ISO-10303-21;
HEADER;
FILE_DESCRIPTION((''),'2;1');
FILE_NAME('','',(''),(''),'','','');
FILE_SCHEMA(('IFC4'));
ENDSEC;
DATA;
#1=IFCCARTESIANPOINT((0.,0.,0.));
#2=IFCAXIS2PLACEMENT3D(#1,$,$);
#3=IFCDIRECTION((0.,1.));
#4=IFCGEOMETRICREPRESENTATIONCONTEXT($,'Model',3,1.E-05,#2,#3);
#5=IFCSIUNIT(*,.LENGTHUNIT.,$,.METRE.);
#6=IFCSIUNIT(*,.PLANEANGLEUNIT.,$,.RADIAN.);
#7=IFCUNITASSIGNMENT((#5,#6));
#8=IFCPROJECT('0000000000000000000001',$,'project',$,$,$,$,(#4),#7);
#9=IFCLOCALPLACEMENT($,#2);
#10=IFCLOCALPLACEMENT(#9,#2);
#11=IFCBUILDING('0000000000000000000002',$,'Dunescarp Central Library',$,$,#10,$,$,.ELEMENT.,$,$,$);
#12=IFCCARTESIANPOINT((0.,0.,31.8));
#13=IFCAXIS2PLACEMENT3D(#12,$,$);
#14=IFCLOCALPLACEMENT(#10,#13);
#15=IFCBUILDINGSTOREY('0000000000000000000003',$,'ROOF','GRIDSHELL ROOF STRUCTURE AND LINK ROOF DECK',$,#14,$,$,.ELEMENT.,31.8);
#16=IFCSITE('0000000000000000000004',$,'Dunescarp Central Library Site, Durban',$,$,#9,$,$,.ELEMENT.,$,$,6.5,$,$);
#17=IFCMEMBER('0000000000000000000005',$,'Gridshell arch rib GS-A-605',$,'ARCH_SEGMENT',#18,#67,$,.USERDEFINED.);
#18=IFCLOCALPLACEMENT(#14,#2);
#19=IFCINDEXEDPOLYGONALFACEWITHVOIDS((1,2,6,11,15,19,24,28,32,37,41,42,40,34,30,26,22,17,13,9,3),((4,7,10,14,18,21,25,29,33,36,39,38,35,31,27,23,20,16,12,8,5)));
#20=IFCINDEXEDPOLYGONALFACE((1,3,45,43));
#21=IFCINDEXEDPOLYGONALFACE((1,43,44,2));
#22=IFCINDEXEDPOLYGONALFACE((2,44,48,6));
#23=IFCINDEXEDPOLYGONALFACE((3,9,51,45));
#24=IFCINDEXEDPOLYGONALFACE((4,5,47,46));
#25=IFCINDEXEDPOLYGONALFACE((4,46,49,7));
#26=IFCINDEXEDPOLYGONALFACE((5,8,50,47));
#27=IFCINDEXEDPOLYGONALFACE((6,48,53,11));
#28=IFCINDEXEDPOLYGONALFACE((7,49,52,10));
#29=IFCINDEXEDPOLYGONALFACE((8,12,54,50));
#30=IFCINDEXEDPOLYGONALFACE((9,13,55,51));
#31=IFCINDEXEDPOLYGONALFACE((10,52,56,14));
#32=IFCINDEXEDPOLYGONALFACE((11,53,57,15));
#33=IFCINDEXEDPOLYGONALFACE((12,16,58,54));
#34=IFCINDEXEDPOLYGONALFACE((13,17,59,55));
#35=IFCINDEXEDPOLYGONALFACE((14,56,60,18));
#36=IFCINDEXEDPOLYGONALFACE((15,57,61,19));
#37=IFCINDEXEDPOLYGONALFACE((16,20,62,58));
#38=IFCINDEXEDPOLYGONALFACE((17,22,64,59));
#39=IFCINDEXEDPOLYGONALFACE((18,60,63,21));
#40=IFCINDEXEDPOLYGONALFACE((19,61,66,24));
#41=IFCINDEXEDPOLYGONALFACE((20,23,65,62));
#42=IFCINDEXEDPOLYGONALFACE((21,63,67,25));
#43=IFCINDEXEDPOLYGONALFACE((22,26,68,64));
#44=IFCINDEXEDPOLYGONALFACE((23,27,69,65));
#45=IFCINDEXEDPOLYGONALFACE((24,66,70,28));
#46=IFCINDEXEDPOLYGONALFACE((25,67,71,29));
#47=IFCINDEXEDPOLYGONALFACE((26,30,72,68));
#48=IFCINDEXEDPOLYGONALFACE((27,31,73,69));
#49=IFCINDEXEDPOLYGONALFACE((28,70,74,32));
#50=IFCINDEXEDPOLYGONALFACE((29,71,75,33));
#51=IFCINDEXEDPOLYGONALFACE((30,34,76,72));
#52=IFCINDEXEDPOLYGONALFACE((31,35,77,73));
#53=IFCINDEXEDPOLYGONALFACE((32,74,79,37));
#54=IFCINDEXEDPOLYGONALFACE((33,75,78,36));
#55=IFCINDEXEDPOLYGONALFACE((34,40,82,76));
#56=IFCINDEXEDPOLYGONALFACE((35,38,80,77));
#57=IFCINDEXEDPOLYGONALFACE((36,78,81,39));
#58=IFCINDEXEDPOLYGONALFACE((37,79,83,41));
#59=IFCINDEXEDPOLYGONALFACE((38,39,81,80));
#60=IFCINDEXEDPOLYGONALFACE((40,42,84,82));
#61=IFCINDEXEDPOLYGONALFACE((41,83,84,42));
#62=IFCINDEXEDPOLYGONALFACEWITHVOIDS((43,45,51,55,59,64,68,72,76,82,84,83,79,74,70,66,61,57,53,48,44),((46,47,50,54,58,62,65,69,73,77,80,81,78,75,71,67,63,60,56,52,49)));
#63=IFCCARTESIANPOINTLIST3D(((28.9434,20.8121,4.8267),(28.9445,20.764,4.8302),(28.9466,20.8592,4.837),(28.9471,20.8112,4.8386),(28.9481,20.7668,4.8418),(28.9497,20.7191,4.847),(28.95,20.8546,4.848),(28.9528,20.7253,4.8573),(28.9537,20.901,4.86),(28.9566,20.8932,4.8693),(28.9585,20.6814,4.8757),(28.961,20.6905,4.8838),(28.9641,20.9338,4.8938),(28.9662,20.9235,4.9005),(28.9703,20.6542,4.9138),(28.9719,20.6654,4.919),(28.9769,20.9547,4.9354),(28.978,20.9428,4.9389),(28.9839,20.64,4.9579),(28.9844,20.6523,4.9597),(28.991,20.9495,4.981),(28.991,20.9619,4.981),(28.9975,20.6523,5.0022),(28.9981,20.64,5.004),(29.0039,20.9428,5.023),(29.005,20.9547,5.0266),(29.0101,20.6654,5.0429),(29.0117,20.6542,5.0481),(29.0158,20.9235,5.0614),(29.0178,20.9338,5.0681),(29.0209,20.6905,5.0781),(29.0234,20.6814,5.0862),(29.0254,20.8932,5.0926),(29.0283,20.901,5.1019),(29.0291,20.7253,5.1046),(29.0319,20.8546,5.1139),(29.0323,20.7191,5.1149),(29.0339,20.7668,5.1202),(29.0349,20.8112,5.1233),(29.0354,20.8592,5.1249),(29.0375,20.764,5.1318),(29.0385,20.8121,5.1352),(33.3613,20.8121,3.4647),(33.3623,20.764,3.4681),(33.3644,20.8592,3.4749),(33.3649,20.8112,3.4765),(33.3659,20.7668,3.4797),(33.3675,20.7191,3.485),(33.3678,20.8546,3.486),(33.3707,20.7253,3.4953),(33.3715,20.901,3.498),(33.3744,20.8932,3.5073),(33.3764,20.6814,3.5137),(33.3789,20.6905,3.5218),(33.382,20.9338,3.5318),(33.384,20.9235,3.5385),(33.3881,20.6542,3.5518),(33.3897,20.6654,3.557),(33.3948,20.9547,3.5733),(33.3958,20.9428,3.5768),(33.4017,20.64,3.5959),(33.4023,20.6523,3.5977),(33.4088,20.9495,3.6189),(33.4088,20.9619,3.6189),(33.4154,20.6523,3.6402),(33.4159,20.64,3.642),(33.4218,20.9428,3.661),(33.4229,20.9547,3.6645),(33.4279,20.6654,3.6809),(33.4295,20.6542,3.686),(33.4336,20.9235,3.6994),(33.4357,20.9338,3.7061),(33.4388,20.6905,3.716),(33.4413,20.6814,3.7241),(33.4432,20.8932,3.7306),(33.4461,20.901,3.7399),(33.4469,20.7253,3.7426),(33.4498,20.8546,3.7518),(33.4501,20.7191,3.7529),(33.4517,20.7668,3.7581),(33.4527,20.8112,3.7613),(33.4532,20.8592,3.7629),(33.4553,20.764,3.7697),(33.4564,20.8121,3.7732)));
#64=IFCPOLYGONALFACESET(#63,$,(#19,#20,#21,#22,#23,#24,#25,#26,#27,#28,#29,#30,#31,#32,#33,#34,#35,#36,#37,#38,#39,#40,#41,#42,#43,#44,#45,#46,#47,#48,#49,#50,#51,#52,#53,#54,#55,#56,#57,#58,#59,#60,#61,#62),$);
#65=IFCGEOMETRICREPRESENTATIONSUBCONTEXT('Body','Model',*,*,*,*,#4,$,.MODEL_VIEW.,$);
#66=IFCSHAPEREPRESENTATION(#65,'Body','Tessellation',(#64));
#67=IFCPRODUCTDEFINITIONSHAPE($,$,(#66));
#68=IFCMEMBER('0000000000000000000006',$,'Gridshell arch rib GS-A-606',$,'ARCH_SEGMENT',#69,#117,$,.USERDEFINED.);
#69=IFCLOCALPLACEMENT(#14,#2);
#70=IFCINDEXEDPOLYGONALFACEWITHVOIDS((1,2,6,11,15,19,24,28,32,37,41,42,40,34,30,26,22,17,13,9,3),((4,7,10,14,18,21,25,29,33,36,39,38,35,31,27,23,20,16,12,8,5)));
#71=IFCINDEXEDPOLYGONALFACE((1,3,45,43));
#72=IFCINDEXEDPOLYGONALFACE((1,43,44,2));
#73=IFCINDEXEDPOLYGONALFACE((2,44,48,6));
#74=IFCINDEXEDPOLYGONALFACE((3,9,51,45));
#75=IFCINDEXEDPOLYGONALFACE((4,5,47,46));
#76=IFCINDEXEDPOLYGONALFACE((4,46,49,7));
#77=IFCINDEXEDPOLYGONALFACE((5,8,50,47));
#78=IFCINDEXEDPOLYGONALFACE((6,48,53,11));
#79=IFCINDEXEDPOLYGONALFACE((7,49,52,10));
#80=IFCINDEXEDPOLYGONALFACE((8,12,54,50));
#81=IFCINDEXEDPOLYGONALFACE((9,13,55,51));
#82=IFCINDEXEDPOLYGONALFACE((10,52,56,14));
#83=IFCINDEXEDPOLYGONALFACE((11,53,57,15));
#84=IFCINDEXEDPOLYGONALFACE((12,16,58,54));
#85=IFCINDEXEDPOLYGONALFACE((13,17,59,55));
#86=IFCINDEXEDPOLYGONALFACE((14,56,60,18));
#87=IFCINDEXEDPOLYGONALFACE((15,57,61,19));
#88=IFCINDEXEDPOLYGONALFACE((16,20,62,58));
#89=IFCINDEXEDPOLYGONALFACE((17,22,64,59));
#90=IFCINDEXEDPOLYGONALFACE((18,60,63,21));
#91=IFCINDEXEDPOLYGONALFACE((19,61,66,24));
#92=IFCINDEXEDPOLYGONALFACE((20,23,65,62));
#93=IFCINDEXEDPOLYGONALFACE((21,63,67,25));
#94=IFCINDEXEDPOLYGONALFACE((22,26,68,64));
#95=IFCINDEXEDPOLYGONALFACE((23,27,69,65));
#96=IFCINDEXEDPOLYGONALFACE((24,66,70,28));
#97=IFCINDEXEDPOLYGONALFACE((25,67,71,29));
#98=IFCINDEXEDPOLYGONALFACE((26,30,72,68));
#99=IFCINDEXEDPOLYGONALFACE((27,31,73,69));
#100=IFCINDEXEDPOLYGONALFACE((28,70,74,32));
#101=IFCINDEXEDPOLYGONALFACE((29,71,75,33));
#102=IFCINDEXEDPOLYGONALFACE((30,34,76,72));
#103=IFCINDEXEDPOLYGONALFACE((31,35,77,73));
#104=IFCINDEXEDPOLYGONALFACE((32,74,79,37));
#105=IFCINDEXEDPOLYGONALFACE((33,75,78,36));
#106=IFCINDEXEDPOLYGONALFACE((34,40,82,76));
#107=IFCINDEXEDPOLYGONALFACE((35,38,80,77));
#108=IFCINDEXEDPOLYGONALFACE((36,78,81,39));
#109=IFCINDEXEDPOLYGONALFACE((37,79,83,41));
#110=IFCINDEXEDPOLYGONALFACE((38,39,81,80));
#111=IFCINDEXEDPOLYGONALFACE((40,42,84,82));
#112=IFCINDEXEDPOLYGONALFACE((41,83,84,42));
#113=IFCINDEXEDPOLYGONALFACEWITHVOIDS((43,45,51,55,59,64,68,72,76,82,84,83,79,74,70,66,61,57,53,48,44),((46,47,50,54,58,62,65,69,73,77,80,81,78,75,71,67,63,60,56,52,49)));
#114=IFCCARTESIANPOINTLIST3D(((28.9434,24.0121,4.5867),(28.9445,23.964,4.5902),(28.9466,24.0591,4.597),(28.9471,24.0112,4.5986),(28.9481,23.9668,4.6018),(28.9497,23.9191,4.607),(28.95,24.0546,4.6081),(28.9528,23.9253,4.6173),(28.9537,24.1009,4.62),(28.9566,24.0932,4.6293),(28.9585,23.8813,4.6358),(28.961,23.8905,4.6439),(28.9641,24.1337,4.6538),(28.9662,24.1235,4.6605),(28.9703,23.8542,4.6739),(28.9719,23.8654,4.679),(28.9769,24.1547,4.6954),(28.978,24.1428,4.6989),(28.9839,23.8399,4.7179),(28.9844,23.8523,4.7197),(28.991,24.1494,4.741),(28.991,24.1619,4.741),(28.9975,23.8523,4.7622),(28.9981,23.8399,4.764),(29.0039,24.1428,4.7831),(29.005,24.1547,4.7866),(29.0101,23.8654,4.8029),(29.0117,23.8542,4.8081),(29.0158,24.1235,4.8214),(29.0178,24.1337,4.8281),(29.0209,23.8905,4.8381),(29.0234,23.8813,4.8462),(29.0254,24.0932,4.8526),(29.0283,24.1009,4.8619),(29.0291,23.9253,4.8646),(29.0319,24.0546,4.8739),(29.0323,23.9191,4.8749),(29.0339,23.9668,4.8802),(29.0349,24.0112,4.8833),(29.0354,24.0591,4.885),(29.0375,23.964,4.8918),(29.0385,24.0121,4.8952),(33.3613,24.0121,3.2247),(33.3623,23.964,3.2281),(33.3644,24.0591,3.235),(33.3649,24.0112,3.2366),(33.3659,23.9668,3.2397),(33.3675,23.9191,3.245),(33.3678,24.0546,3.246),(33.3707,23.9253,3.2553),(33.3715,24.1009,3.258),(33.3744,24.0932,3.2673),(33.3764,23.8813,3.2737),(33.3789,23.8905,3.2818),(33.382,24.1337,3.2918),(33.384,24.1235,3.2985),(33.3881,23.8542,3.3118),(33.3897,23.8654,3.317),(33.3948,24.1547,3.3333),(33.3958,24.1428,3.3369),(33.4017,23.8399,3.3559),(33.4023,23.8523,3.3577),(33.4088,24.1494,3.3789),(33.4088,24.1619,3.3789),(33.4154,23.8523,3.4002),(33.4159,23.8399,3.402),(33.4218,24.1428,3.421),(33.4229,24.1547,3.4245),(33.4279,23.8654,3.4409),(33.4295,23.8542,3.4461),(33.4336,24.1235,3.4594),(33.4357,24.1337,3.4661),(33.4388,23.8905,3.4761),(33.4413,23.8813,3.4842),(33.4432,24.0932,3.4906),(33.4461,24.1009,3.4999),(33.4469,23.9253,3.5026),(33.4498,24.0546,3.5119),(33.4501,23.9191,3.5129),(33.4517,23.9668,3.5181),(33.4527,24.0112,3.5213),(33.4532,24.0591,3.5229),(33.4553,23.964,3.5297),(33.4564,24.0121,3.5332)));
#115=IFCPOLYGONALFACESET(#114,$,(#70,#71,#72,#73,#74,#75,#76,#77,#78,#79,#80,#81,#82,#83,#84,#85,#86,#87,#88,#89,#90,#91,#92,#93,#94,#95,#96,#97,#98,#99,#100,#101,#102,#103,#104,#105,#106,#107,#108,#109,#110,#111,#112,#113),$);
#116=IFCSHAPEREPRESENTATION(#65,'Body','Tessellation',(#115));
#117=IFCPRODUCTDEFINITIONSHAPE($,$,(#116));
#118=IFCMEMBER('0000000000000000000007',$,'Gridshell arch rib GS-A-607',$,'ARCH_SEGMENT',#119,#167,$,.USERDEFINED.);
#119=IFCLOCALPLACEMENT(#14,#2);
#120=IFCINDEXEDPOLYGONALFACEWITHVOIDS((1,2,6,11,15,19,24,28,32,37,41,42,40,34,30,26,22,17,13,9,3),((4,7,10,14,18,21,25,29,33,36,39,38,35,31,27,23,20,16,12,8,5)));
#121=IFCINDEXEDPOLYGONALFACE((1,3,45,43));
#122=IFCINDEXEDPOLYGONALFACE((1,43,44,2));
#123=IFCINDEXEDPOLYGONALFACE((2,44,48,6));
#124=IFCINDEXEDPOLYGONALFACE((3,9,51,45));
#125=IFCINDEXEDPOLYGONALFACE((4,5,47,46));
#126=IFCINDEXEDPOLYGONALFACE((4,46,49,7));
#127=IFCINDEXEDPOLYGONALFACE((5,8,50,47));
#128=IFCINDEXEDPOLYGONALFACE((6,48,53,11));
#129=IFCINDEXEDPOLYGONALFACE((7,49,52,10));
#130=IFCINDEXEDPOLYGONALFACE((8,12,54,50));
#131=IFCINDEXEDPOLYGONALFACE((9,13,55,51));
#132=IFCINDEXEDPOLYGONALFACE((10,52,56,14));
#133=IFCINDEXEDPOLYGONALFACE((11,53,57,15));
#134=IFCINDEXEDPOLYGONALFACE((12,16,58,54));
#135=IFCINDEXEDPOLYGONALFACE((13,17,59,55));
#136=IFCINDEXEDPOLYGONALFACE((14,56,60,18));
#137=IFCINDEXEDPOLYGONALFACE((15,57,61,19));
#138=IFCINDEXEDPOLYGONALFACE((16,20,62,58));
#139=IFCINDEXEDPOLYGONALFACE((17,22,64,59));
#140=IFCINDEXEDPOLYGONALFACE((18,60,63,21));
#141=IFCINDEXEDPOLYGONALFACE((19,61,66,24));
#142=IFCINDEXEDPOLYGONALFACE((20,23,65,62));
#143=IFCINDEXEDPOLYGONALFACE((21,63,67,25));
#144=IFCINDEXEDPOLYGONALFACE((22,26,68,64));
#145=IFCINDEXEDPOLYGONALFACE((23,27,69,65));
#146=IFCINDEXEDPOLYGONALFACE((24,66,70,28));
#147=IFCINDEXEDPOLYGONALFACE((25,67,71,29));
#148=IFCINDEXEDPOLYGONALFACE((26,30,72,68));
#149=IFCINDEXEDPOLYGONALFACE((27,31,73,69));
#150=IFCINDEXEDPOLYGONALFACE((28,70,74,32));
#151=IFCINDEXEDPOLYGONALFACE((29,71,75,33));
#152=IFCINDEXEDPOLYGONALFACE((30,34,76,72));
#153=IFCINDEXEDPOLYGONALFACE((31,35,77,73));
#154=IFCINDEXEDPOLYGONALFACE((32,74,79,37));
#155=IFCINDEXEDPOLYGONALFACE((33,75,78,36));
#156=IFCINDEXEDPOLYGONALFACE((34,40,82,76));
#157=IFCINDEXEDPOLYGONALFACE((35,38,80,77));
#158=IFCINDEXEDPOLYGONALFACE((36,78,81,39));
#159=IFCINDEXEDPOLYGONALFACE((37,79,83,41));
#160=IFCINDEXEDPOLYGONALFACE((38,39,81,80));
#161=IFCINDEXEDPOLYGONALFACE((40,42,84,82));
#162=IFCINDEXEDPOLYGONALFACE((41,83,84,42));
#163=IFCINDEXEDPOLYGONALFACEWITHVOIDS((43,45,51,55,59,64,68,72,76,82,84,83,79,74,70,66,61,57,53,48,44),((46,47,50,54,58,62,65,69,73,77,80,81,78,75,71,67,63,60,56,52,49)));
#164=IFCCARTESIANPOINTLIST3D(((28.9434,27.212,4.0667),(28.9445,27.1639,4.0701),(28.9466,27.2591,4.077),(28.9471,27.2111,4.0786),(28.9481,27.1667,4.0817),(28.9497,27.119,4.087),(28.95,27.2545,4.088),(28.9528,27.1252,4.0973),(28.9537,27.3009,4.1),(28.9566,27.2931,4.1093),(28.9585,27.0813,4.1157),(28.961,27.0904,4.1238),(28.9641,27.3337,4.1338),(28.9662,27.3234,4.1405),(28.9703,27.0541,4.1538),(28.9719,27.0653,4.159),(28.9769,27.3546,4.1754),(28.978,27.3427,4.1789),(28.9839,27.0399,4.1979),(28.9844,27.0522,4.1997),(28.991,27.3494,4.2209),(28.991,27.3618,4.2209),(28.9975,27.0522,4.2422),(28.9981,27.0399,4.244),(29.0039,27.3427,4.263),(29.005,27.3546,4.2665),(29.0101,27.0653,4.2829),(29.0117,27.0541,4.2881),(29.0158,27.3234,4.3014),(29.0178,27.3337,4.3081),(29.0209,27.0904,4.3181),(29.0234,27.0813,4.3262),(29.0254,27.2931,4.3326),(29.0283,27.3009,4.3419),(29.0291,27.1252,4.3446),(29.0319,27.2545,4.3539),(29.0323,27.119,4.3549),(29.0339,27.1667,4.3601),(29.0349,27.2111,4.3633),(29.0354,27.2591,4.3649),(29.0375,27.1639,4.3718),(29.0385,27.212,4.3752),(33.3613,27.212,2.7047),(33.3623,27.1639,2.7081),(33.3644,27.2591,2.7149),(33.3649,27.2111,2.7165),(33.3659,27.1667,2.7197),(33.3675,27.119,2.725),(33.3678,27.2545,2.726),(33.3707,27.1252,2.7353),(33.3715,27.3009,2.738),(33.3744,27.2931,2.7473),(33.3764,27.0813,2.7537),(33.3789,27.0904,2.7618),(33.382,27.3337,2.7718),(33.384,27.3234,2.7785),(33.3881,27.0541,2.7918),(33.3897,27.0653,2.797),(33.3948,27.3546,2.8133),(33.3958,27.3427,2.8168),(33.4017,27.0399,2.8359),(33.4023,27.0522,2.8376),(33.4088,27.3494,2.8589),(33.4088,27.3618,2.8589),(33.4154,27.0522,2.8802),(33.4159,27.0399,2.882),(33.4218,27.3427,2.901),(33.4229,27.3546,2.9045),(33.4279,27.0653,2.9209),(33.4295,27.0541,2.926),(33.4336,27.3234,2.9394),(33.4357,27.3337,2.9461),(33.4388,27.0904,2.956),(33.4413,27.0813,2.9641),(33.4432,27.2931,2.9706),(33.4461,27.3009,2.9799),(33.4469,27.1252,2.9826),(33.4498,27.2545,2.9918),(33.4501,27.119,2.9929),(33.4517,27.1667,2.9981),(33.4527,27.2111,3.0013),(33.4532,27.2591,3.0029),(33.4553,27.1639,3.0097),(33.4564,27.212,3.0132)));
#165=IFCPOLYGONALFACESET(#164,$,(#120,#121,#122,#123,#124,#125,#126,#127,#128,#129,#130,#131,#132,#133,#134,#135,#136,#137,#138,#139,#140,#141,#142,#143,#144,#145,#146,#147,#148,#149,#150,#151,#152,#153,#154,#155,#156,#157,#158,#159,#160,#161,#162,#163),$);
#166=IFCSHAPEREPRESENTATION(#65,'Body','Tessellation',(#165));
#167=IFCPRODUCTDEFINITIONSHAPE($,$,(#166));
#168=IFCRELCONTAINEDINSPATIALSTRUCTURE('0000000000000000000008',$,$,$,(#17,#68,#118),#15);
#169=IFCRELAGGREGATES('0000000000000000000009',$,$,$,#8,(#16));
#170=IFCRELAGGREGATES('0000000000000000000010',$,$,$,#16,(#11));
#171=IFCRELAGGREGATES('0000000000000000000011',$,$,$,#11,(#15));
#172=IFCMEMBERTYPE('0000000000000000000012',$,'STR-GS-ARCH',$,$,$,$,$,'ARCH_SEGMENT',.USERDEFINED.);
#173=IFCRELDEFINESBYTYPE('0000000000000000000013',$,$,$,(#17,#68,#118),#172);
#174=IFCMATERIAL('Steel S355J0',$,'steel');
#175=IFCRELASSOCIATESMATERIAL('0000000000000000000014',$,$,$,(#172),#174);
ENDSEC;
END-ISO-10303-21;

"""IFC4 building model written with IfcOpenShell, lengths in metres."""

from ifc_helpers import new_model, si_unit, direction, frame, origin, origin_2d, place, context, subcontext, project, spatial, hollow_circle, extrude, material, material_profile, profile_set, type_object, element, save


model = new_model("IFC4")

# Units and contexts
model_context = context("Model", 3, precision=1e-05, world=origin(), true_north=direction((0.0, 1.0)))
body_context = subcontext(model_context, "Body", "Model", "MODEL_VIEW")
ifc_project = project(units=[si_unit("LENGTHUNIT", "METRE"), si_unit("PLANEANGLEUNIT", "RADIAN")], contexts=[model_context])

# Site, building, storey
site_placement = place(None, origin())
site = spatial("IfcSite", under=ifc_project, at=site_placement, Name="Dunescarp Central Library Site, Durban", CompositionType="ELEMENT", RefElevation=6.5)
building_placement = place(site_placement, origin())
building = spatial("IfcBuilding", under=site, at=building_placement, Name="Dunescarp Central Library", CompositionType="ELEMENT")
storey_placement = place(building_placement, frame((0.0, 0.0, 31.8)))
storey = spatial("IfcBuildingStorey", under=building, at=storey_placement, Name="ROOF", Description="GRIDSHELL ROOF STRUCTURE AND LINK ROOF DECK", CompositionType="ELEMENT", Elevation=31.8)

# Members
ifc_material_1 = material(Name="Steel S355J0", Category="steel")
ifc_material_profile_1 = material_profile(ifc_material_1, hollow_circle(Radius=0.1619, WallThickness=0.0125, at=origin_2d()), Name="CHS 323.9x12.5")
ifc_profile_set_1 = profile_set([ifc_material_profile_1], Name="Steel S355J0")
member_type_1 = type_object("IfcMemberType", Name="STR-GS-ARCH", ElementType="ARCH_SEGMENT", PredefinedType="USERDEFINED", material=ifc_profile_set_1)
for number, where, z_axis, x_axis, name in (
    (1, (28.991, 20.8, 4.981), (0.955616, 0.0, -0.294616), (0.0, 1.0, 0.0), "Gridshell arch rib GS-A-605"),
    (2, (28.991, 24.0, 4.741), (0.955616, 0.0, -0.294616), (0.0, 1.0, 0.0), "Gridshell arch rib GS-A-606"),
    (3, (28.991, 27.2, 4.2209), (0.955616, 0.0, -0.294616), (0.0, 1.0, 0.0), "Gridshell arch rib GS-A-607"),
):
    element("IfcMember", number, at=place(storey_placement, frame(where, z_axis=z_axis, x_axis=x_axis)), inside=storey, type_object=member_type_1, Name=name, ObjectType="ARCH_SEGMENT", PredefinedType="USERDEFINED", context=body_context, shape_type="SweptSolid", body=[
        extrude(hollow_circle(Radius=0.1619, WallThickness=0.0125, at=origin_2d()), origin(), (0.0, 0.0, 1.0), 4.623),
    ])

save(model, "model.ifc")
